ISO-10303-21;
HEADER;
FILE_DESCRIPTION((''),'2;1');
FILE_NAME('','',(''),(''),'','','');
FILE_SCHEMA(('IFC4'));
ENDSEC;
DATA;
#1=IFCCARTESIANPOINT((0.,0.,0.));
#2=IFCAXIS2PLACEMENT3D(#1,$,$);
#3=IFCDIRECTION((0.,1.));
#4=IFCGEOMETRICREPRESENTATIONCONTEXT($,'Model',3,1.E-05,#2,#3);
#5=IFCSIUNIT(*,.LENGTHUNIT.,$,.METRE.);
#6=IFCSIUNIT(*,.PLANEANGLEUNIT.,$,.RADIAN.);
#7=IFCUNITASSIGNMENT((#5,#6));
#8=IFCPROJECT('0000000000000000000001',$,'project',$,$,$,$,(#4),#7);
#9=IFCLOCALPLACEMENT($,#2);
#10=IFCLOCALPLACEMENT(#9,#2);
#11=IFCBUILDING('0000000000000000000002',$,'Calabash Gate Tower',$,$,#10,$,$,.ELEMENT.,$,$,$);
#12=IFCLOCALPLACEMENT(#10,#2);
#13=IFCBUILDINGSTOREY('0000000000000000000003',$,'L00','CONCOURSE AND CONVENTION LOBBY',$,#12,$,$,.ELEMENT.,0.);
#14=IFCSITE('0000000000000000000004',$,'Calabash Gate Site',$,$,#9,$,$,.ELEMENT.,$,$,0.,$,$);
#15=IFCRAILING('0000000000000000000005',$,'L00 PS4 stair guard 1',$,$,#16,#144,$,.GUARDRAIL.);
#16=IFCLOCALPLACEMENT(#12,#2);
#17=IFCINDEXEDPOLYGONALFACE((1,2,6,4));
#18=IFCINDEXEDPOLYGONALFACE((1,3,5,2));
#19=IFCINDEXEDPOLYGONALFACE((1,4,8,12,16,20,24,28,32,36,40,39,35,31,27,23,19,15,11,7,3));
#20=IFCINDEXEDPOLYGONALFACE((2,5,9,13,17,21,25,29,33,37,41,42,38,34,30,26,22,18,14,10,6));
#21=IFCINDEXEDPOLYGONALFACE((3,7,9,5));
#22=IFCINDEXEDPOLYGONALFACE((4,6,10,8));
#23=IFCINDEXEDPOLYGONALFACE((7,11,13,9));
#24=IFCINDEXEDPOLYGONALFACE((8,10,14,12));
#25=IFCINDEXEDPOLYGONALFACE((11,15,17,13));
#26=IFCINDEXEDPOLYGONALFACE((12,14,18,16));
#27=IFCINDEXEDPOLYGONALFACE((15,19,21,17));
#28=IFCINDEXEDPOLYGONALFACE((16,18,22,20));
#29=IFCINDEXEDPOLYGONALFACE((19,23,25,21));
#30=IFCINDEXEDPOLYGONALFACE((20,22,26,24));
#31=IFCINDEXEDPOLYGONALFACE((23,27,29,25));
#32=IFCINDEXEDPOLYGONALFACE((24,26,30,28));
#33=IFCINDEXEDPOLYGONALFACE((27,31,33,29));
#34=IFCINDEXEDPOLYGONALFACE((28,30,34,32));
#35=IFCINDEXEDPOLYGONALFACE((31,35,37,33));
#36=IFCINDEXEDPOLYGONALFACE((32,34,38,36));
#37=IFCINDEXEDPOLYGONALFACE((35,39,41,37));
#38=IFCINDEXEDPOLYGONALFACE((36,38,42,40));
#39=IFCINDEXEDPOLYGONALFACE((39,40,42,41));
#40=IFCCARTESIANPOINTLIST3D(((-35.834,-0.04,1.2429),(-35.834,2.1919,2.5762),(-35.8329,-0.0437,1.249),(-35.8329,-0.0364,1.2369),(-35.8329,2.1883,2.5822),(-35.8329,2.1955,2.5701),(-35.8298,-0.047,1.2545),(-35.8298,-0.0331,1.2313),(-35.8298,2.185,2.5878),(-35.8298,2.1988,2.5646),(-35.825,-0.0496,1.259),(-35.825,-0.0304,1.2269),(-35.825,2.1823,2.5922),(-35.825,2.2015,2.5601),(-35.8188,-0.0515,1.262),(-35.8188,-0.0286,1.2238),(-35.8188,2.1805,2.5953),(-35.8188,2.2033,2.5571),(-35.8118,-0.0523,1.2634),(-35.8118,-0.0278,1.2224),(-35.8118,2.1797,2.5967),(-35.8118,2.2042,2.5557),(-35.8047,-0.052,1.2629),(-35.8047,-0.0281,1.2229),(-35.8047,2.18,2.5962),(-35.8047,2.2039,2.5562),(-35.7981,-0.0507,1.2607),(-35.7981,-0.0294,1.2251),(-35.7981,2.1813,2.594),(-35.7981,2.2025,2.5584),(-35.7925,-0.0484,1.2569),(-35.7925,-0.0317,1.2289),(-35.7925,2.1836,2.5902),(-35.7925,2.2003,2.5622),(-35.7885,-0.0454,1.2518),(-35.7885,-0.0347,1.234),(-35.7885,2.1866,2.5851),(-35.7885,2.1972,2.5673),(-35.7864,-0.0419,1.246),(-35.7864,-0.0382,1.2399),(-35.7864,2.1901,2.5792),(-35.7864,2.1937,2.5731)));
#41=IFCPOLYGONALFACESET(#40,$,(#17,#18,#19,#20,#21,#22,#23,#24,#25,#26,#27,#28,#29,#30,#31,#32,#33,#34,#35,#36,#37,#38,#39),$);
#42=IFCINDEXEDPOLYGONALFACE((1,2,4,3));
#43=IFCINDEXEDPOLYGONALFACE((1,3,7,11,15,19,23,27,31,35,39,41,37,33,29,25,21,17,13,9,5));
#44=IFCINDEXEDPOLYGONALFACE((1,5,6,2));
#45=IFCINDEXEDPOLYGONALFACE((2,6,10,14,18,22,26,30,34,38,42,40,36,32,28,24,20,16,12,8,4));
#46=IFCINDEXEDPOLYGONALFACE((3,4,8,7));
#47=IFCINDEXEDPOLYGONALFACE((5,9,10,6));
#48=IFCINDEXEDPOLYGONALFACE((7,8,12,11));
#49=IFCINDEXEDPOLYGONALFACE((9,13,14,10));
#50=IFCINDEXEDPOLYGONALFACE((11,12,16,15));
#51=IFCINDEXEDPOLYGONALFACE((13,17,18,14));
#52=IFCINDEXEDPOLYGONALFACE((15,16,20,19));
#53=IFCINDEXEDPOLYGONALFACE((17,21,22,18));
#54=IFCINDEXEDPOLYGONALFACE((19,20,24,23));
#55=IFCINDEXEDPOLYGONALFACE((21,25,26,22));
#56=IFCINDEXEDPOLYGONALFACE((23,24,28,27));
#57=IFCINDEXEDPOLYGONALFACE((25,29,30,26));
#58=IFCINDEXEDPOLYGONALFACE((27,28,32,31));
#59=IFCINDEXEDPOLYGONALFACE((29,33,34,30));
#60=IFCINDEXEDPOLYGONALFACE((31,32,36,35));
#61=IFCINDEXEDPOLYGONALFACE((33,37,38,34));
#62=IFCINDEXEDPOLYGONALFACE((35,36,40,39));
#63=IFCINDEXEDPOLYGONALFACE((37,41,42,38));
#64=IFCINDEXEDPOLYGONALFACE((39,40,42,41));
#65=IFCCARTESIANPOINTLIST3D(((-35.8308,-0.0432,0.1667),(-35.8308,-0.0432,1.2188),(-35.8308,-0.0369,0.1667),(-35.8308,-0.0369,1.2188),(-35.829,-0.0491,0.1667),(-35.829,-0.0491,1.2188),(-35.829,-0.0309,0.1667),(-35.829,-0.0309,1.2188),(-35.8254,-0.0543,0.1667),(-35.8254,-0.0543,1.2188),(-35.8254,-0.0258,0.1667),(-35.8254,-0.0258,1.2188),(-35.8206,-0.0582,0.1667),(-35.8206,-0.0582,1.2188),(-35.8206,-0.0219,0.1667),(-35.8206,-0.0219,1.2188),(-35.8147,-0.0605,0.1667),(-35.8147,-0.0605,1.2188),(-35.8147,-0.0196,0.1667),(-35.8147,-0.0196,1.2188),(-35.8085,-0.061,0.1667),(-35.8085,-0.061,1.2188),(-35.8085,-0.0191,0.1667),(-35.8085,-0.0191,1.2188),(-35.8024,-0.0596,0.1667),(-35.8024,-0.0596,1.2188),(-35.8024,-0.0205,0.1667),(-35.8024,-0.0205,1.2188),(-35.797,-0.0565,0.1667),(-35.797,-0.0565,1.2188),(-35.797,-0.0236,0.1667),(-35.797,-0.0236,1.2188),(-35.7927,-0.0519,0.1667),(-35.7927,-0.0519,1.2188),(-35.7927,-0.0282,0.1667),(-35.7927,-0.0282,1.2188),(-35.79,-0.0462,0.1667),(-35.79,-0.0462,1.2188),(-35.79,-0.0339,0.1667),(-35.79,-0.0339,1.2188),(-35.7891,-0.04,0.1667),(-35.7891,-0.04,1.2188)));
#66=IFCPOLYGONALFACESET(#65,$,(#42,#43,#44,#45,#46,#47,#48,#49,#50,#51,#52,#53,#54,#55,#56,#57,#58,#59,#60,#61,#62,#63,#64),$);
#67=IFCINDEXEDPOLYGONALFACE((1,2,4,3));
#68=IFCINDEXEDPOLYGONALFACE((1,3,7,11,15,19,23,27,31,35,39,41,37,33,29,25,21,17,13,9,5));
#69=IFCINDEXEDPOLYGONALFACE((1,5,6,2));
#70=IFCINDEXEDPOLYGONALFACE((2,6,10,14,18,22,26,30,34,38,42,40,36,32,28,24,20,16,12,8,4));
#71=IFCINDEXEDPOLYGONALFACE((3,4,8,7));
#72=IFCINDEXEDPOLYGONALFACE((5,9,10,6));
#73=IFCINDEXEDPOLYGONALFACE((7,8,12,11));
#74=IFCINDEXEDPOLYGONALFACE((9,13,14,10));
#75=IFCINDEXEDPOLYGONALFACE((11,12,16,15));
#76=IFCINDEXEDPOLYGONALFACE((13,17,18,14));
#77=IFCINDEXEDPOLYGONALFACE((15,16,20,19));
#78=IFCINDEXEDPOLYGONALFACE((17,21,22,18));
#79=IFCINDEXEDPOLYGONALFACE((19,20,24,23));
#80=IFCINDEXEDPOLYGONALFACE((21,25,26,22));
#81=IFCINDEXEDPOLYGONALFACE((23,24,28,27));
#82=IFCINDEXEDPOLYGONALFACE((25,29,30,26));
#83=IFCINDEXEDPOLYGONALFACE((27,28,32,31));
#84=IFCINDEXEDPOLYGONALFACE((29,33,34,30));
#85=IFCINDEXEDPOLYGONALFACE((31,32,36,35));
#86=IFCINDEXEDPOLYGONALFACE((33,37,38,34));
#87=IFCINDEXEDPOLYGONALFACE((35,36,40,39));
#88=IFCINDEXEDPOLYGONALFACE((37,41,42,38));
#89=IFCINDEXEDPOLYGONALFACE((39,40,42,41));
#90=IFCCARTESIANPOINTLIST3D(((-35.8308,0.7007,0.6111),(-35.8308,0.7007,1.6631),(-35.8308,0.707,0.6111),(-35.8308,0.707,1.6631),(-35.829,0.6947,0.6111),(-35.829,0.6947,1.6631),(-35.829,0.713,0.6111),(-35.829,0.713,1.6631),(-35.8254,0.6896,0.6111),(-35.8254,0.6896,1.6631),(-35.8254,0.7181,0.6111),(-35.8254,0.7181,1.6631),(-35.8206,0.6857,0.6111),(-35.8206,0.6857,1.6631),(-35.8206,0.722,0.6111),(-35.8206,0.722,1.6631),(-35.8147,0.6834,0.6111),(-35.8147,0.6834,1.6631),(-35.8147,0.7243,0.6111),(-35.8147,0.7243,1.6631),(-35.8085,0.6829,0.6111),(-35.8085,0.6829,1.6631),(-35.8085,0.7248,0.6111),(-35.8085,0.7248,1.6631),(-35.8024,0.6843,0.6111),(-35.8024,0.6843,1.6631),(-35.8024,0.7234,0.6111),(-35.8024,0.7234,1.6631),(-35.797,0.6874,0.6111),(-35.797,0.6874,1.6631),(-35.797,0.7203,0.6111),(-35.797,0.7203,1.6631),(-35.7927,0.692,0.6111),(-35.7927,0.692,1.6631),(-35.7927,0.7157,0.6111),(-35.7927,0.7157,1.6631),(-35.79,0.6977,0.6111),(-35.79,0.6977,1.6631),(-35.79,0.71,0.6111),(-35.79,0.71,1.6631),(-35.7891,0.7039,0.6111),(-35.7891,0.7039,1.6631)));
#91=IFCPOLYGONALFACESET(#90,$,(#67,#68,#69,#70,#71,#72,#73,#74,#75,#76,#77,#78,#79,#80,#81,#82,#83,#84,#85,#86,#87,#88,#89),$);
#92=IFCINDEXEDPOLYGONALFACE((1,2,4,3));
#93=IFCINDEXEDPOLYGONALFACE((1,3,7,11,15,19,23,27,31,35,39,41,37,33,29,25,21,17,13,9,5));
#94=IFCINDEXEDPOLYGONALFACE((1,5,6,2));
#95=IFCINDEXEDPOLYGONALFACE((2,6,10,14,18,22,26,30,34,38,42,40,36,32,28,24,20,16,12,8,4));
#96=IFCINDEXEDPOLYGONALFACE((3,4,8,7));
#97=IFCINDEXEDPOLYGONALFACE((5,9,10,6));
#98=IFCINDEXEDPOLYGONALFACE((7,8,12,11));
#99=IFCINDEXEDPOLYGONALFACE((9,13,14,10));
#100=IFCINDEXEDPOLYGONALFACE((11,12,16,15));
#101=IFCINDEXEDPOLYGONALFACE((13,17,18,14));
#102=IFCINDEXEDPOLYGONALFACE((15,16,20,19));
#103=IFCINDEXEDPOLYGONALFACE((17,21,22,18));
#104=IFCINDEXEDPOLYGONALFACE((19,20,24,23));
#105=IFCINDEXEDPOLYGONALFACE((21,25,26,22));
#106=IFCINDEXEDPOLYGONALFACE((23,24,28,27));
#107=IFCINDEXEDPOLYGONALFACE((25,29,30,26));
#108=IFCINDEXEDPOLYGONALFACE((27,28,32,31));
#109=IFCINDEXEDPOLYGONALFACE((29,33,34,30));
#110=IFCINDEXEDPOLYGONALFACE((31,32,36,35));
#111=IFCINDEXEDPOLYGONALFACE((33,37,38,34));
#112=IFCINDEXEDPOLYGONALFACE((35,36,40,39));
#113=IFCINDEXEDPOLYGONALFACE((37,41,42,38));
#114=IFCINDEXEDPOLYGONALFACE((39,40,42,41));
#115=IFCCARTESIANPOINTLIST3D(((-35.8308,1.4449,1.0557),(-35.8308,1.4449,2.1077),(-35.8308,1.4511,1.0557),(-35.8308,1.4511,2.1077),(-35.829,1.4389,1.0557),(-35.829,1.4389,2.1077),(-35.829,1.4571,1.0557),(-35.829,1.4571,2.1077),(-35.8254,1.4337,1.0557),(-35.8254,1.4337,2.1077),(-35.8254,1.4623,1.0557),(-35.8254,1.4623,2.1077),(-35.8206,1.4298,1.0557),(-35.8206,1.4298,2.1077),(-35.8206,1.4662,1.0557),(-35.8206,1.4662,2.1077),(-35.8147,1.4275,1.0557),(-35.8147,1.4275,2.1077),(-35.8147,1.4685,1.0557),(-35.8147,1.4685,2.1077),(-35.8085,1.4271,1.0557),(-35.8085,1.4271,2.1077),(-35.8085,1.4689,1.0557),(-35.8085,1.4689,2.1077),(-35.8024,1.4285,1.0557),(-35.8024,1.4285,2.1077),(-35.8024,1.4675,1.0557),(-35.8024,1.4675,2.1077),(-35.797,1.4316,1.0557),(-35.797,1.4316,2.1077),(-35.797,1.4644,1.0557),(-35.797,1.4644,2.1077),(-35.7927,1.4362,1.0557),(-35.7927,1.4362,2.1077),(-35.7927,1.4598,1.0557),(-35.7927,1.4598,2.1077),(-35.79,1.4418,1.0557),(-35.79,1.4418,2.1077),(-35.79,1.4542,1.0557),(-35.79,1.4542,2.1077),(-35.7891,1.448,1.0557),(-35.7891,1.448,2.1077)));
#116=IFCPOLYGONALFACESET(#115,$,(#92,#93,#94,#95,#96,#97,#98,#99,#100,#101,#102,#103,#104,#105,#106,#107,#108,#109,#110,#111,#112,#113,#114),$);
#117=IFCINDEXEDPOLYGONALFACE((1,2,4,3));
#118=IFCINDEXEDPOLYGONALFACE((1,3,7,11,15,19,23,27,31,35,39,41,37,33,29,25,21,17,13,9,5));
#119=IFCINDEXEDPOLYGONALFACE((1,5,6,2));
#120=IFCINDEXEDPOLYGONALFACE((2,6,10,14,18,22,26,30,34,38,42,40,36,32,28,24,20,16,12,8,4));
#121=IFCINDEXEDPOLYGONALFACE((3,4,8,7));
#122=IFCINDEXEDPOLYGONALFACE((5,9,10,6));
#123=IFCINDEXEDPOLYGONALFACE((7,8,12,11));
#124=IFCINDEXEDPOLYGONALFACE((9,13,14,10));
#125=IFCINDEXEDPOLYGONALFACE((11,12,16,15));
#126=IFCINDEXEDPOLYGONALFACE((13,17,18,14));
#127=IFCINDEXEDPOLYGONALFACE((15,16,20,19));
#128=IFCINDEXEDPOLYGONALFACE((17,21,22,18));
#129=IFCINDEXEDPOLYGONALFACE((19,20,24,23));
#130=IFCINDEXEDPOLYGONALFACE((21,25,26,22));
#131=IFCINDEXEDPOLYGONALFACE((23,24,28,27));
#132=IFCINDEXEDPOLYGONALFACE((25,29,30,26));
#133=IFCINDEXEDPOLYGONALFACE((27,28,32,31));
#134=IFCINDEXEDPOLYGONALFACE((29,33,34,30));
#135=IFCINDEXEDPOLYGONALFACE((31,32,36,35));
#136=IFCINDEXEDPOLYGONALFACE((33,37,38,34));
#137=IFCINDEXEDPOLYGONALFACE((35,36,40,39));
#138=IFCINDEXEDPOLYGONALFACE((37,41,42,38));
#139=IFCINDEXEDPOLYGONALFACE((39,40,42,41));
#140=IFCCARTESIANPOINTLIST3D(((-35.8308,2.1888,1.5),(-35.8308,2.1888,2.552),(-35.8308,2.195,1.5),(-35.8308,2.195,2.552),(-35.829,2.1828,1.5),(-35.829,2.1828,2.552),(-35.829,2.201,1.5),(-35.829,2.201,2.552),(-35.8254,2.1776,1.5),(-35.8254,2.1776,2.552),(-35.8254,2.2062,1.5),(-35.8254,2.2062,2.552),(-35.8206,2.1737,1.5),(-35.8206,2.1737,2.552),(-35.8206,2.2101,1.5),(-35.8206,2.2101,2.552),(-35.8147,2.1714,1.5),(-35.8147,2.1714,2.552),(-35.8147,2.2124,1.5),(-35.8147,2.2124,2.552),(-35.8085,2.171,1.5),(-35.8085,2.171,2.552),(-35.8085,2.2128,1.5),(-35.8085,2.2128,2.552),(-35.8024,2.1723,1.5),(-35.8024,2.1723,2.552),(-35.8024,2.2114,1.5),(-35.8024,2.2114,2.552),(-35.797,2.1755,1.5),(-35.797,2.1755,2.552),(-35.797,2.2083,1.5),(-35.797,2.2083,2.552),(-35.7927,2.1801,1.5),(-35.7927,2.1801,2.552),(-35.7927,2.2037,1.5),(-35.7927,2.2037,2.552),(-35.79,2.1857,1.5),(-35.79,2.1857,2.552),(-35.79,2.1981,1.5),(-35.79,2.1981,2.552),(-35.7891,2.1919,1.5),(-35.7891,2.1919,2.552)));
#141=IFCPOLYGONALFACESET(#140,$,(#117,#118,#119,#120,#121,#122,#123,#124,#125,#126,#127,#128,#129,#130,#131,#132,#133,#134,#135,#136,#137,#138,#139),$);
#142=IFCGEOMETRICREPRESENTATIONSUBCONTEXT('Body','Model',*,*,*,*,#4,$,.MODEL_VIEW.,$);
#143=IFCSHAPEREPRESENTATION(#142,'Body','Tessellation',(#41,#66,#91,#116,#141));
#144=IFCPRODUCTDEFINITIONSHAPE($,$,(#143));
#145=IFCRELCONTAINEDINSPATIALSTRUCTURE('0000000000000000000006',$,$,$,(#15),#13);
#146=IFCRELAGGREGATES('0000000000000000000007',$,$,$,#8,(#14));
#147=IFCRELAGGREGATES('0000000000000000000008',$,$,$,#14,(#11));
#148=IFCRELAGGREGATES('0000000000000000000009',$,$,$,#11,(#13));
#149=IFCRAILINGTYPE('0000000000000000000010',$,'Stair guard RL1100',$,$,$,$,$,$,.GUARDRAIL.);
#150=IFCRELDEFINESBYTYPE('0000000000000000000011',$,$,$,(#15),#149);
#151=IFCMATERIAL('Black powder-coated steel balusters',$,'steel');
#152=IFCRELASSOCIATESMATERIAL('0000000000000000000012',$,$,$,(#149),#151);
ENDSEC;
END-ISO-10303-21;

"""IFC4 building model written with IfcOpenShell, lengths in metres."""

from ifc_helpers import new_model, si_unit, direction, frame, origin, origin_2d, place, context, subcontext, project, spatial, circle, extrude, material, type_object, element, save


model = new_model("IFC4")

# Units and contexts
model_context = context("Model", 3, precision=1e-05, world=origin(), true_north=direction((0.0, 1.0)))
body_context = subcontext(model_context, "Body", "Model", "MODEL_VIEW")
ifc_project = project(units=[si_unit("LENGTHUNIT", "METRE"), si_unit("PLANEANGLEUNIT", "RADIAN")], contexts=[model_context])

# Site, building, storey
site_placement = place(None, origin())
site = spatial("IfcSite", under=ifc_project, at=site_placement, Name="Calabash Gate Site", CompositionType="ELEMENT", RefElevation=0.0)
building_placement = place(site_placement, origin())
building = spatial("IfcBuilding", under=site, at=building_placement, Name="Calabash Gate Tower", CompositionType="ELEMENT")
storey_placement = place(building_placement, origin())
storey = spatial("IfcBuildingStorey", under=building, at=storey_placement, Name="L00", Description="CONCOURSE AND CONVENTION LOBBY", CompositionType="ELEMENT", Elevation=0.0)

# Railing
ifc_material_1 = material(Name="Black powder-coated steel balusters", Category="steel")
railing_type_1 = type_object("IfcRailingType", Name="Stair guard RL1100", PredefinedType="GUARDRAIL", material=ifc_material_1)
railing_1_placement = place(storey_placement, frame((-35.8101, -0.04, 0.1667)))
element("IfcRailing", 1, at=railing_1_placement, inside=storey, type_object=railing_type_1, Name="L00 PS4 stair guard 1", PredefinedType="GUARDRAIL", context=body_context, shape_type="SweptSolid", body=[
    extrude(circle(Radius=0.0239, at=origin_2d()), frame((0.0, 0.0, 1.0762), z_axis=(0.0, 0.858494, 0.512824), x_axis=(-1.0, 0.0, 0.0)), (0.0, 0.0, 1.0), 2.5999),
    extrude(circle(Radius=0.021, at=origin_2d()), origin(), (0.0, 0.0, 1.0), 1.052),
    extrude(circle(Radius=0.021, at=origin_2d()), frame((0.0, 0.7439, 0.4443)), (0.0, 0.0, 1.0), 1.052),
    extrude(circle(Radius=0.021, at=origin_2d()), frame((0.0, 1.488, 0.8889)), (0.0, 0.0, 1.0), 1.052),
    extrude(circle(Radius=0.021, at=origin_2d()), frame((0.0, 2.2319, 1.3333)), (0.0, 0.0, 1.0), 1.052),
])

save(model, "model.ifc")
